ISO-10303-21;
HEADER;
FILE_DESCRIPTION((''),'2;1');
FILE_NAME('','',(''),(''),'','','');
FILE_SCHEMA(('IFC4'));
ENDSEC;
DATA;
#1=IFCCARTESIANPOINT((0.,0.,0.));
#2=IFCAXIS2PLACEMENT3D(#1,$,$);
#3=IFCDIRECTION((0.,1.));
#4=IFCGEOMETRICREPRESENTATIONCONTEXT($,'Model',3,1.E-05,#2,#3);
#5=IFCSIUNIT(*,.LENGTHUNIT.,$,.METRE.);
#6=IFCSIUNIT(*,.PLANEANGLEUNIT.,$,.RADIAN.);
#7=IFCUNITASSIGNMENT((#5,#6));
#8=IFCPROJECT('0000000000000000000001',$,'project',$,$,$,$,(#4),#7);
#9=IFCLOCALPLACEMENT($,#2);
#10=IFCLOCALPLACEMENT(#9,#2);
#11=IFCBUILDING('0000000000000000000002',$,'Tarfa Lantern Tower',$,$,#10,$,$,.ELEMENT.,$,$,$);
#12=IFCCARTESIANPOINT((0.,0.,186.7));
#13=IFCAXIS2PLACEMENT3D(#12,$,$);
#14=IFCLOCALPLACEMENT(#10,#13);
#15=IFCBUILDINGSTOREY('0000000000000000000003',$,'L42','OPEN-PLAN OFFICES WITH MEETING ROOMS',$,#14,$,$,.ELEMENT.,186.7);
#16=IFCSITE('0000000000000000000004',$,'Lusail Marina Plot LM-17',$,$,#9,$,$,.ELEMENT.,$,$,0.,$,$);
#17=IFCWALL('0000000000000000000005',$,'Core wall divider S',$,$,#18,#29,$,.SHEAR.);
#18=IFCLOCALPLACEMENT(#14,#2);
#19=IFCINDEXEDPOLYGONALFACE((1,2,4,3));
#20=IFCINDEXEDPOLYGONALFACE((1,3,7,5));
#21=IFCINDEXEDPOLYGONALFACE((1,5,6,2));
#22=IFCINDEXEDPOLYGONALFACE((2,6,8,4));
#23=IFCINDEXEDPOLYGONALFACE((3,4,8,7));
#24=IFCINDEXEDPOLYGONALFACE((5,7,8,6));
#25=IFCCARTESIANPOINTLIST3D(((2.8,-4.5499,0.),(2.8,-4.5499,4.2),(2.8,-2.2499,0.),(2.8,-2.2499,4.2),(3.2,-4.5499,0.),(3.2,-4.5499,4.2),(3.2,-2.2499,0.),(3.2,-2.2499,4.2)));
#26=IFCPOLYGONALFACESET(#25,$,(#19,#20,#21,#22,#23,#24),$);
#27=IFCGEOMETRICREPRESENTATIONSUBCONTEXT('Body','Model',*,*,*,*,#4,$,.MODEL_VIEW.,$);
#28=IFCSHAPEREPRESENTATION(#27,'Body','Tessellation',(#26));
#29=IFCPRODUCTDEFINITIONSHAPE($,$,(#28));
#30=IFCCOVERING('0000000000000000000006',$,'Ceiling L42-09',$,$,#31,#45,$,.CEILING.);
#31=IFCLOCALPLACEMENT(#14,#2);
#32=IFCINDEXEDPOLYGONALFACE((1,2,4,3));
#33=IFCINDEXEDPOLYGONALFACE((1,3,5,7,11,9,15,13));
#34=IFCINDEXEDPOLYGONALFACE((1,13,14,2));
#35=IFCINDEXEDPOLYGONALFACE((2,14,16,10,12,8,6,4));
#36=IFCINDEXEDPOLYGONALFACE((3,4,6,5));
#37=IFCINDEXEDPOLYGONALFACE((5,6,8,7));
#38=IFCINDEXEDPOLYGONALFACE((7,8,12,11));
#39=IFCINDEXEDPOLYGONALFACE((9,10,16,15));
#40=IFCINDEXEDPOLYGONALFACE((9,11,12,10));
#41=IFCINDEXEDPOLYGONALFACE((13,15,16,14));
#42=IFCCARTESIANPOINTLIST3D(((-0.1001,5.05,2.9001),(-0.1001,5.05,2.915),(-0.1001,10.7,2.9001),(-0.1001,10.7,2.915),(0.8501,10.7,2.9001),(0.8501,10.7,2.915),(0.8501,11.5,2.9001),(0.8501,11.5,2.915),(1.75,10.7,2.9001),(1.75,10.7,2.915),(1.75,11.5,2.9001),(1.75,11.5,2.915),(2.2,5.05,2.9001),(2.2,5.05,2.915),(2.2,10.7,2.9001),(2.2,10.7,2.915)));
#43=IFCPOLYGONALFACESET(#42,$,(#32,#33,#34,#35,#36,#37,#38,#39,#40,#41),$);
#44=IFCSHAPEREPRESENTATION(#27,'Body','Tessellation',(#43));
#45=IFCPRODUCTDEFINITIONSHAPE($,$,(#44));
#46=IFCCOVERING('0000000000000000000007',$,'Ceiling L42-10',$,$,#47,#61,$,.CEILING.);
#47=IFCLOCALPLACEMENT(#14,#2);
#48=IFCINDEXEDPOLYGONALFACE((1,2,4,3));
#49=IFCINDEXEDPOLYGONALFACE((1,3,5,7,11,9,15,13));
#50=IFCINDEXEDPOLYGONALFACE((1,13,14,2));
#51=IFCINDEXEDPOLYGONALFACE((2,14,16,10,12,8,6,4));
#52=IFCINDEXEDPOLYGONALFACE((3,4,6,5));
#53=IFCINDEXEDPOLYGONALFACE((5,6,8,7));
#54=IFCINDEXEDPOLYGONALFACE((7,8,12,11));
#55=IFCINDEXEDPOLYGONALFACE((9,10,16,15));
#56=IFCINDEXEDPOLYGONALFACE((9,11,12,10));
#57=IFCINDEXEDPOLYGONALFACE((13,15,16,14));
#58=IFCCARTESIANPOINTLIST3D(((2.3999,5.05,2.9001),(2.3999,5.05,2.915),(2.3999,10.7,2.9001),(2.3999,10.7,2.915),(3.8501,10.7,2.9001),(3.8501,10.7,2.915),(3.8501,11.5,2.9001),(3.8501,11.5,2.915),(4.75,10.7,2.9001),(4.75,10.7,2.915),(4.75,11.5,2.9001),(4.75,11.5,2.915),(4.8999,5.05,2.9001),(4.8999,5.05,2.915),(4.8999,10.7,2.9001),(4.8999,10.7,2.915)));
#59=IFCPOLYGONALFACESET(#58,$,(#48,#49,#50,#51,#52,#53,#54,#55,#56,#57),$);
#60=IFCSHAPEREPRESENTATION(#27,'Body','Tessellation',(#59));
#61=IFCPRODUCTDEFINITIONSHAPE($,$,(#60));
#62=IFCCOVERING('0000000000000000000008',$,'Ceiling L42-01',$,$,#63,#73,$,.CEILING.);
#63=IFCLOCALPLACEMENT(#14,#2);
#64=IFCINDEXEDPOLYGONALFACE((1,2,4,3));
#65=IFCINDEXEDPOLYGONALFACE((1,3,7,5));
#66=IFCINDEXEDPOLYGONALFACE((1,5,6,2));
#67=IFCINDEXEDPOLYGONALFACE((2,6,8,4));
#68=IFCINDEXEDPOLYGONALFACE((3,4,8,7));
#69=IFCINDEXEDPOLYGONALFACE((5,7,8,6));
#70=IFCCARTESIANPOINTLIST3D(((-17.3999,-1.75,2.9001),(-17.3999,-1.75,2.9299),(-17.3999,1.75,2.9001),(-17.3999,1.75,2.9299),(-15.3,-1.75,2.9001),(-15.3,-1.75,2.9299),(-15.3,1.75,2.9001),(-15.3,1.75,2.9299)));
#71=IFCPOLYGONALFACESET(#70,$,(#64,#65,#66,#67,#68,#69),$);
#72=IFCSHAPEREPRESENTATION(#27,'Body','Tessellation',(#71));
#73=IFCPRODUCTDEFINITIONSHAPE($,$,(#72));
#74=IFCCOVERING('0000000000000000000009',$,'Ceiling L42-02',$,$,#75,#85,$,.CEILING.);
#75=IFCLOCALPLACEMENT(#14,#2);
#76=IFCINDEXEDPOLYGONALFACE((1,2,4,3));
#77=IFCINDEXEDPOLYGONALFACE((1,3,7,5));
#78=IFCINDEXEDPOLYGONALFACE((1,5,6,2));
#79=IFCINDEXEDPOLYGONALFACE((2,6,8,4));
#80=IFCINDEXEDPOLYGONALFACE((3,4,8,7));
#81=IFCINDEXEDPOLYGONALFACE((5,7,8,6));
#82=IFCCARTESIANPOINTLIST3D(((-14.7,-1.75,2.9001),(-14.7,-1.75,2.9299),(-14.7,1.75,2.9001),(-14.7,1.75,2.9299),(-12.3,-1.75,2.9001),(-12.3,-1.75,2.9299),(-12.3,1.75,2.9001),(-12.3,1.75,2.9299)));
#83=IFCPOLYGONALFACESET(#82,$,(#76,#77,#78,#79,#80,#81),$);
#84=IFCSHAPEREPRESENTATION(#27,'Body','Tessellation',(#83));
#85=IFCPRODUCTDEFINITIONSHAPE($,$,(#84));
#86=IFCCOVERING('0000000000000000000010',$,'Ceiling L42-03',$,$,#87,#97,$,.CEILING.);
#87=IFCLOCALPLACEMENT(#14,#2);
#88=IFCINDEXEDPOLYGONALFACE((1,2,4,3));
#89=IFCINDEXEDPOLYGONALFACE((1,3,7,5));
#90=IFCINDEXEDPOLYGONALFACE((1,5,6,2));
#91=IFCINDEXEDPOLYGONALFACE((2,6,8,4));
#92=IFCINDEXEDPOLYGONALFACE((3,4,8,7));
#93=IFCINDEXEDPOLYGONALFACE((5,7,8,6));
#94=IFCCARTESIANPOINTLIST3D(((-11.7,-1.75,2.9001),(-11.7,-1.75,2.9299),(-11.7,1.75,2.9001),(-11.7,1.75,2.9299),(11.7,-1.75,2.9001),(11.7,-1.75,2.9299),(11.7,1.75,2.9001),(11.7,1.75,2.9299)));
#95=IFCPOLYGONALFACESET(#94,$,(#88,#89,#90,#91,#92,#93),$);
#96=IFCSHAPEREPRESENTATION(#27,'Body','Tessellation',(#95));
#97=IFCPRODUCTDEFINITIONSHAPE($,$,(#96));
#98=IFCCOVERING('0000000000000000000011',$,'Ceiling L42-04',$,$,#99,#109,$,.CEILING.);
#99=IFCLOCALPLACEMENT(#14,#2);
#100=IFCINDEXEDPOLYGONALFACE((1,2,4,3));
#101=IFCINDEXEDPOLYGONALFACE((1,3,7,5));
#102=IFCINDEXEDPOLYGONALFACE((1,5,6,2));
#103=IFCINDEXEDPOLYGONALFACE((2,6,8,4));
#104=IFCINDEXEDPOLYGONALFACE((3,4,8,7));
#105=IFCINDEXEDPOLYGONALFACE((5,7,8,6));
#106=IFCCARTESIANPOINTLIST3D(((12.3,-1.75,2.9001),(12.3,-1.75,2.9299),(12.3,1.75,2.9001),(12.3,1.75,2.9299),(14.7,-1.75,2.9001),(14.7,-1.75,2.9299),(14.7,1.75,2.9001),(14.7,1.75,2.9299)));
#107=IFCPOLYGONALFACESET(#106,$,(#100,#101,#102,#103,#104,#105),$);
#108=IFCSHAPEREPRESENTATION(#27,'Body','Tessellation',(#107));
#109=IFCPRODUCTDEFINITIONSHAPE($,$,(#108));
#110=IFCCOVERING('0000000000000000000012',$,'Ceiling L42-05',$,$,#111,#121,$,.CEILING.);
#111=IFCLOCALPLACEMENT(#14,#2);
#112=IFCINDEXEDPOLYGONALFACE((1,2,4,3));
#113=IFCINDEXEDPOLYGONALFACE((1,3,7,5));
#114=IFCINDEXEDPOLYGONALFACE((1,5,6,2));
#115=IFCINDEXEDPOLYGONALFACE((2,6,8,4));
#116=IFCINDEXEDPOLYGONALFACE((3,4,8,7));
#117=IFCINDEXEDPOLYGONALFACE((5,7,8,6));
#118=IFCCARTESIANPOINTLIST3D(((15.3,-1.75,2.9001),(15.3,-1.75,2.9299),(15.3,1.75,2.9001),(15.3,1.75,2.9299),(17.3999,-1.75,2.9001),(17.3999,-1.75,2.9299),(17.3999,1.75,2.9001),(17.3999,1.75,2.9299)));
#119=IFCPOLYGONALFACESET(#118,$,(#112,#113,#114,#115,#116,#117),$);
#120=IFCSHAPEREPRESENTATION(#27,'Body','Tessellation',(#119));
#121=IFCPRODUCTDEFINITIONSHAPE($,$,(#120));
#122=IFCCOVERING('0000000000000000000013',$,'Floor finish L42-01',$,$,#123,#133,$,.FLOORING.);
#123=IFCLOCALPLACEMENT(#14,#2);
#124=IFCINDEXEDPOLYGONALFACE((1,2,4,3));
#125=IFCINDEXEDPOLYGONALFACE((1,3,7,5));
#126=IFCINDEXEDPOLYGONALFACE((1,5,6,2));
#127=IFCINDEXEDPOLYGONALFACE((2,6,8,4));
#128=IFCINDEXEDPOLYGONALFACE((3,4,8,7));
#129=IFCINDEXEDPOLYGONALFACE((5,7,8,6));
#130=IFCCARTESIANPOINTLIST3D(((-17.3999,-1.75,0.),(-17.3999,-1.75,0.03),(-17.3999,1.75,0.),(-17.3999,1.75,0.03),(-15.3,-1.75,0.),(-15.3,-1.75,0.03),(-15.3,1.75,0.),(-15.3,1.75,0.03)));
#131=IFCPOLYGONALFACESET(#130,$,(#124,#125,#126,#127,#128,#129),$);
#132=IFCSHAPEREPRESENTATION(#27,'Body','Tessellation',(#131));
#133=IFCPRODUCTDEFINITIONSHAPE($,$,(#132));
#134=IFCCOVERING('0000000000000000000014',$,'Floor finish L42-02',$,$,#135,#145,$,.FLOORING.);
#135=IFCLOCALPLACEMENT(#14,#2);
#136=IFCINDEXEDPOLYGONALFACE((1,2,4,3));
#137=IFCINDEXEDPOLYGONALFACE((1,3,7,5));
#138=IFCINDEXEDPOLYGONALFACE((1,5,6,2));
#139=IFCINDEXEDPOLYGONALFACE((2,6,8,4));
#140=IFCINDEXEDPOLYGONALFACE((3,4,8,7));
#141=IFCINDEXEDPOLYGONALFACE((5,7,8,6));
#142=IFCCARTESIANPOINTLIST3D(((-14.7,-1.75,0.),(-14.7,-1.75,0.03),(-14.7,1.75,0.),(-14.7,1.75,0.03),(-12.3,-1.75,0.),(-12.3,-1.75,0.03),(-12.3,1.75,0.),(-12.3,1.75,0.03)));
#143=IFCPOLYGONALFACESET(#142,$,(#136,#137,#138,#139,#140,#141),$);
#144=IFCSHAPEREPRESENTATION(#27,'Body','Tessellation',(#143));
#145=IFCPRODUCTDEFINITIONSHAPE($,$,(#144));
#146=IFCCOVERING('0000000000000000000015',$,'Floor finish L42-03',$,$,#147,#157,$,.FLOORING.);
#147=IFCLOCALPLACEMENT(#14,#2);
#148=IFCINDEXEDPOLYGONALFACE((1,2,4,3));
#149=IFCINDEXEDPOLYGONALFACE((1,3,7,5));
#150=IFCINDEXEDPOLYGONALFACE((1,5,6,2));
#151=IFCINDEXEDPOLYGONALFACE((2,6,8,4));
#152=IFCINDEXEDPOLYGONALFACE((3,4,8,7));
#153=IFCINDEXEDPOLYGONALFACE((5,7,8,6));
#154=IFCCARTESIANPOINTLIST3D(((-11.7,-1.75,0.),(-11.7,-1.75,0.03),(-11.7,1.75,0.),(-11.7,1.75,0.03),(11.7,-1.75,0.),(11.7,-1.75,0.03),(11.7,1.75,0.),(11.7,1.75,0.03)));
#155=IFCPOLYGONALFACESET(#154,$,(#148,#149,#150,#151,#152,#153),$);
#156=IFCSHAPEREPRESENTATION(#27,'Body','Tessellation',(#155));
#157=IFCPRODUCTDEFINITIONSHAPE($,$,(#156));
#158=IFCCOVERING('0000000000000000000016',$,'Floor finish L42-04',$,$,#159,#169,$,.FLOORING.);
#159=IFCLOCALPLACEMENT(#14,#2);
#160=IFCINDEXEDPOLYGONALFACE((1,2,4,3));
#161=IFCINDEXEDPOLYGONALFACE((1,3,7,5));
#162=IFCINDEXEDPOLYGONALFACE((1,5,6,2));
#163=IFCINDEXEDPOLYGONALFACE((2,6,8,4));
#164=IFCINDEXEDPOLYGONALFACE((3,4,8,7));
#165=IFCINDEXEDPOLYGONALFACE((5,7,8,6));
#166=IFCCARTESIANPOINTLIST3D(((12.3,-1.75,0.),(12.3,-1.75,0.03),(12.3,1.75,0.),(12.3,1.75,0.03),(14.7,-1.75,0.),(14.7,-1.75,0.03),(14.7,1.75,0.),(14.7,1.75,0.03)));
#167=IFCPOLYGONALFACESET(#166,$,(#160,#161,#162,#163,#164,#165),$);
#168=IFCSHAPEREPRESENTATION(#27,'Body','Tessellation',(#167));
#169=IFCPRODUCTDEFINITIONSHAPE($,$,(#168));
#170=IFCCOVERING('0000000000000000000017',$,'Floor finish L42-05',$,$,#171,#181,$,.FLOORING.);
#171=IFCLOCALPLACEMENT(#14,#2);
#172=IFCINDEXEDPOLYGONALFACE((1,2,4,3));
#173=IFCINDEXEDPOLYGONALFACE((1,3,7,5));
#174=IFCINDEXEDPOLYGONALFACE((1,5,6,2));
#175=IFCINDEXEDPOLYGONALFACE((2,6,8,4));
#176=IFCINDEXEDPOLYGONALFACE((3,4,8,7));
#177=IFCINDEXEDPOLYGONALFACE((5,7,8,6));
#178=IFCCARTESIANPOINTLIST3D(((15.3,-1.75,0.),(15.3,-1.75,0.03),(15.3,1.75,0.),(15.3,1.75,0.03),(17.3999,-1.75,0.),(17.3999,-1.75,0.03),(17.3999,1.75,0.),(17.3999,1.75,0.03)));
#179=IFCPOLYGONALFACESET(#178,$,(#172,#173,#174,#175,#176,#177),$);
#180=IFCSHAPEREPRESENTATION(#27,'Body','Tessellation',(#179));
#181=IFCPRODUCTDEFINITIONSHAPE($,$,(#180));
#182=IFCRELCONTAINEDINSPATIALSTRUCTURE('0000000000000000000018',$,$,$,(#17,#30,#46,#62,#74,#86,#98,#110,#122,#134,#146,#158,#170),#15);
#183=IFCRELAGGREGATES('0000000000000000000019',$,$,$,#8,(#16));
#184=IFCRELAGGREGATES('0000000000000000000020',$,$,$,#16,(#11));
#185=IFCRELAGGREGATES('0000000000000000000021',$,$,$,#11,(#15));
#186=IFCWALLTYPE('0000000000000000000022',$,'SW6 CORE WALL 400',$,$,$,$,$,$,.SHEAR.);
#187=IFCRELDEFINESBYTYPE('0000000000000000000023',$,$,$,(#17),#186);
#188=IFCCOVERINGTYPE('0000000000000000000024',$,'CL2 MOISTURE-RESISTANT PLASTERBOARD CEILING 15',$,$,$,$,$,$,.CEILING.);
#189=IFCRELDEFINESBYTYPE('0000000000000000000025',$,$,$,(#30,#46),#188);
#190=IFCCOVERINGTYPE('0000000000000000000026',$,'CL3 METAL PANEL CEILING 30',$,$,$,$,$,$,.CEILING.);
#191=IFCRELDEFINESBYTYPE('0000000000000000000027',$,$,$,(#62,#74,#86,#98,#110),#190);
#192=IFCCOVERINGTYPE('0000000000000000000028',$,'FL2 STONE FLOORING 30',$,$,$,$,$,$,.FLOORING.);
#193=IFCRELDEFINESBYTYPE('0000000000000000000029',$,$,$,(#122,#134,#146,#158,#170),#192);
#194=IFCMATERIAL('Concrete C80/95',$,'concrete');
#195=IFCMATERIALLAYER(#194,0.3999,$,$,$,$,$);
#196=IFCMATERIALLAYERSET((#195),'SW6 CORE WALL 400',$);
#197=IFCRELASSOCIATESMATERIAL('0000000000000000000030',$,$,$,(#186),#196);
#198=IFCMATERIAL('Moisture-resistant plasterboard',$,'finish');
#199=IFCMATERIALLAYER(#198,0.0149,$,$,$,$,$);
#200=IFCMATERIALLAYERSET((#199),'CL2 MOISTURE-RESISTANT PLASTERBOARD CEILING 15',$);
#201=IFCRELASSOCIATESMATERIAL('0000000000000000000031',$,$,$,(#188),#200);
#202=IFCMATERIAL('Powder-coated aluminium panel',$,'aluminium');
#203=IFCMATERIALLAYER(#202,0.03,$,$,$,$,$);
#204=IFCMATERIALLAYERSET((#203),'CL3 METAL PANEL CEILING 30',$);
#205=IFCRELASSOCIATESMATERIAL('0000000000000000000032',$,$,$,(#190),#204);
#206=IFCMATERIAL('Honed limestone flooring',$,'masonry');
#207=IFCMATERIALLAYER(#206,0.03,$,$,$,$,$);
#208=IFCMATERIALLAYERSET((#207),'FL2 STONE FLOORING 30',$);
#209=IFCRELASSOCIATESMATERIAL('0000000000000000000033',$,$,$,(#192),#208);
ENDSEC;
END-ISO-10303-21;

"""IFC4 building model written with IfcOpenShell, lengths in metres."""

from ifc_helpers import new_model, si_unit, direction, frame, frame_2d, origin, place, context, subcontext, project, spatial, polyline, rectangle, outline, extrude, material, layer, layer_set, type_object, element, save


model = new_model("IFC4")

# Units and contexts
model_context = context("Model", 3, precision=1e-05, world=origin(), true_north=direction((0.0, 1.0)))
body_context = subcontext(model_context, "Body", "Model", "MODEL_VIEW")
ifc_project = project(units=[si_unit("LENGTHUNIT", "METRE"), si_unit("PLANEANGLEUNIT", "RADIAN")], contexts=[model_context])

# Site, building, storey
site_placement = place(None, origin())
site = spatial("IfcSite", under=ifc_project, at=site_placement, Name="Lusail Marina Plot LM-17", CompositionType="ELEMENT", RefElevation=0.0)
building_placement = place(site_placement, origin())
building = spatial("IfcBuilding", under=site, at=building_placement, Name="Tarfa Lantern Tower", CompositionType="ELEMENT")
storey_placement = place(building_placement, frame((0.0, 0.0, 186.7)))
storey = spatial("IfcBuildingStorey", under=building, at=storey_placement, Name="L42", Description="OPEN-PLAN OFFICES WITH MEETING ROOMS", CompositionType="ELEMENT", Elevation=186.7)

# Shared definitions
ifc_material_1 = material(Name="Concrete C80/95", Category="concrete")

# Wall
ifc_layer_1 = layer(ifc_material_1, 0.3999)
ifc_layer_set_1 = layer_set([ifc_layer_1], Name="SW6 CORE WALL 400")
wall_type_1 = type_object("IfcWallType", Name="SW6 CORE WALL 400", PredefinedType="SHEAR", material=ifc_layer_set_1)
for number, where, z_axis, x_axis, name in (
    (1, (3.0, -2.25, 0.0), (0.0, 0.0, 1.0), (0.0, -1.0, 0.0), "Core wall divider S"),
):
    element("IfcWall", number, at=place(storey_placement, frame(where, z_axis=z_axis, x_axis=x_axis)), inside=storey, type_object=wall_type_1, Name=name, PredefinedType="SHEAR", context=body_context, shape_type="SweptSolid", body=[
        extrude(rectangle(XDim=2.3, YDim=0.3999, at=frame_2d((1.1499, 0.0))), origin(), (0.0, 0.0, 1.0), 4.2),
    ])

# Coverings
ifc_material_2 = material(Name="Moisture-resistant plasterboard", Category="finish")
ifc_layer_2 = layer(ifc_material_2, 0.0149)
ifc_layer_set_2 = layer_set([ifc_layer_2], Name="CL2 MOISTURE-RESISTANT PLASTERBOARD CEILING 15")
covering_type_1 = type_object("IfcCoveringType", Name="CL2 MOISTURE-RESISTANT PLASTERBOARD CEILING 15", PredefinedType="CEILING", material=ifc_layer_set_2)
covering_1_placement = place(storey_placement, frame((0.0, 0.0, 2.9001)))
element("IfcCovering", 2, at=covering_1_placement, inside=storey, type_object=covering_type_1, Name="Ceiling L42-09", PredefinedType="CEILING", context=body_context, shape_type="SweptSolid", body=[
    extrude(outline(polyline([(0.8501, 10.7), (-0.1001, 10.7), (-0.1001, 5.05), (2.2, 5.05), (2.2, 10.7), (1.75, 10.7), (1.75, 11.5), (0.8501, 11.5), (0.8501, 10.7)])), origin(), (0.0, 0.0, 1.0), 0.0149),
])
covering_2_placement = place(storey_placement, frame((0.0, 0.0, 2.9001)))
element("IfcCovering", 3, at=covering_2_placement, inside=storey, type_object=covering_type_1, Name="Ceiling L42-10", PredefinedType="CEILING", context=body_context, shape_type="SweptSolid", body=[
    extrude(outline(polyline([(2.3999, 5.05), (4.8999, 5.05), (4.8999, 10.7), (4.75, 10.7), (4.75, 11.5), (3.8501, 11.5), (3.8501, 10.7), (2.3999, 10.7), (2.3999, 5.05)])), origin(), (0.0, 0.0, 1.0), 0.0149),
])
ifc_material_3 = material(Name="Powder-coated aluminium panel", Category="aluminium")
ifc_layer_3 = layer(ifc_material_3, 0.03)
ifc_layer_set_3 = layer_set([ifc_layer_3], Name="CL3 METAL PANEL CEILING 30")
covering_type_2 = type_object("IfcCoveringType", Name="CL3 METAL PANEL CEILING 30", PredefinedType="CEILING", material=ifc_layer_set_3)
covering_3_placement = place(storey_placement, frame((0.0, 0.0, 2.9001)))
element("IfcCovering", 4, at=covering_3_placement, inside=storey, type_object=covering_type_2, Name="Ceiling L42-01", PredefinedType="CEILING", context=body_context, shape_type="SweptSolid", body=[
    extrude(outline(polyline([(-17.3999, -1.75), (-15.3, -1.75), (-15.3, 1.75), (-17.3999, 1.75), (-17.3999, -1.75)])), origin(), (0.0, 0.0, 1.0), 0.0298),
])
covering_4_placement = place(storey_placement, frame((0.0, 0.0, 2.9001)))
element("IfcCovering", 5, at=covering_4_placement, inside=storey, type_object=covering_type_2, Name="Ceiling L42-02", PredefinedType="CEILING", context=body_context, shape_type="SweptSolid", body=[
    extrude(outline(polyline([(-14.7, -1.75), (-12.3, -1.75), (-12.3, 1.75), (-14.7, 1.75), (-14.7, -1.75)])), origin(), (0.0, 0.0, 1.0), 0.0298),
])
covering_5_placement = place(storey_placement, frame((0.0, 0.0, 2.9001)))
element("IfcCovering", 6, at=covering_5_placement, inside=storey, type_object=covering_type_2, Name="Ceiling L42-03", PredefinedType="CEILING", context=body_context, shape_type="SweptSolid", body=[
    extrude(outline(polyline([(-11.7, -1.75), (11.7, -1.75), (11.7, 1.75), (-11.7, 1.75), (-11.7, -1.75)])), origin(), (0.0, 0.0, 1.0), 0.0298),
])
covering_6_placement = place(storey_placement, frame((0.0, 0.0, 2.9001)))
element("IfcCovering", 7, at=covering_6_placement, inside=storey, type_object=covering_type_2, Name="Ceiling L42-04", PredefinedType="CEILING", context=body_context, shape_type="SweptSolid", body=[
    extrude(outline(polyline([(12.3, -1.75), (14.7, -1.75), (14.7, 1.75), (12.3, 1.75), (12.3, -1.75)])), origin(), (0.0, 0.0, 1.0), 0.0298),
])
covering_7_placement = place(storey_placement, frame((0.0, 0.0, 2.9001)))
element("IfcCovering", 8, at=covering_7_placement, inside=storey, type_object=covering_type_2, Name="Ceiling L42-05", PredefinedType="CEILING", context=body_context, shape_type="SweptSolid", body=[
    extrude(outline(polyline([(15.3, -1.75), (17.3999, -1.75), (17.3999, 1.75), (15.3, 1.75), (15.3, -1.75)])), origin(), (0.0, 0.0, 1.0), 0.0298),
])
ifc_material_4 = material(Name="Honed limestone flooring", Category="masonry")
ifc_layer_4 = layer(ifc_material_4, 0.03)
ifc_layer_set_4 = layer_set([ifc_layer_4], Name="FL2 STONE FLOORING 30")
covering_type_3 = type_object("IfcCoveringType", Name="FL2 STONE FLOORING 30", PredefinedType="FLOORING", material=ifc_layer_set_4)
covering_8_placement = place(storey_placement, origin())
element("IfcCovering", 9, at=covering_8_placement, inside=storey, type_object=covering_type_3, Name="Floor finish L42-01", PredefinedType="FLOORING", context=body_context, shape_type="SweptSolid", body=[
    extrude(outline(polyline([(-17.3999, -1.75), (-15.3, -1.75), (-15.3, 1.75), (-17.3999, 1.75), (-17.3999, -1.75)])), origin(), (0.0, 0.0, 1.0), 0.03),
])
covering_9_placement = place(storey_placement, origin())
element("IfcCovering", 10, at=covering_9_placement, inside=storey, type_object=covering_type_3, Name="Floor finish L42-02", PredefinedType="FLOORING", context=body_context, shape_type="SweptSolid", body=[
    extrude(outline(polyline([(-14.7, -1.75), (-12.3, -1.75), (-12.3, 1.75), (-14.7, 1.75), (-14.7, -1.75)])), origin(), (0.0, 0.0, 1.0), 0.03),
])
covering_10_placement = place(storey_placement, origin())
element("IfcCovering", 11, at=covering_10_placement, inside=storey, type_object=covering_type_3, Name="Floor finish L42-03", PredefinedType="FLOORING", context=body_context, shape_type="SweptSolid", body=[
    extrude(outline(polyline([(-11.7, -1.75), (11.7, -1.75), (11.7, 1.75), (-11.7, 1.75), (-11.7, -1.75)])), origin(), (0.0, 0.0, 1.0), 0.03),
])
covering_11_placement = place(storey_placement, origin())
element("IfcCovering", 12, at=covering_11_placement, inside=storey, type_object=covering_type_3, Name="Floor finish L42-04", PredefinedType="FLOORING", context=body_context, shape_type="SweptSolid", body=[
    extrude(outline(polyline([(12.3, -1.75), (14.7, -1.75), (14.7, 1.75), (12.3, 1.75), (12.3, -1.75)])), origin(), (0.0, 0.0, 1.0), 0.03),
])
covering_12_placement = place(storey_placement, origin())
element("IfcCovering", 13, at=covering_12_placement, inside=storey, type_object=covering_type_3, Name="Floor finish L42-05", PredefinedType="FLOORING", context=body_context, shape_type="SweptSolid", body=[
    extrude(outline(polyline([(15.3, -1.75), (17.3999, -1.75), (17.3999, 1.75), (15.3, 1.75), (15.3, -1.75)])), origin(), (0.0, 0.0, 1.0), 0.03),
])

save(model, "model.ifc")
